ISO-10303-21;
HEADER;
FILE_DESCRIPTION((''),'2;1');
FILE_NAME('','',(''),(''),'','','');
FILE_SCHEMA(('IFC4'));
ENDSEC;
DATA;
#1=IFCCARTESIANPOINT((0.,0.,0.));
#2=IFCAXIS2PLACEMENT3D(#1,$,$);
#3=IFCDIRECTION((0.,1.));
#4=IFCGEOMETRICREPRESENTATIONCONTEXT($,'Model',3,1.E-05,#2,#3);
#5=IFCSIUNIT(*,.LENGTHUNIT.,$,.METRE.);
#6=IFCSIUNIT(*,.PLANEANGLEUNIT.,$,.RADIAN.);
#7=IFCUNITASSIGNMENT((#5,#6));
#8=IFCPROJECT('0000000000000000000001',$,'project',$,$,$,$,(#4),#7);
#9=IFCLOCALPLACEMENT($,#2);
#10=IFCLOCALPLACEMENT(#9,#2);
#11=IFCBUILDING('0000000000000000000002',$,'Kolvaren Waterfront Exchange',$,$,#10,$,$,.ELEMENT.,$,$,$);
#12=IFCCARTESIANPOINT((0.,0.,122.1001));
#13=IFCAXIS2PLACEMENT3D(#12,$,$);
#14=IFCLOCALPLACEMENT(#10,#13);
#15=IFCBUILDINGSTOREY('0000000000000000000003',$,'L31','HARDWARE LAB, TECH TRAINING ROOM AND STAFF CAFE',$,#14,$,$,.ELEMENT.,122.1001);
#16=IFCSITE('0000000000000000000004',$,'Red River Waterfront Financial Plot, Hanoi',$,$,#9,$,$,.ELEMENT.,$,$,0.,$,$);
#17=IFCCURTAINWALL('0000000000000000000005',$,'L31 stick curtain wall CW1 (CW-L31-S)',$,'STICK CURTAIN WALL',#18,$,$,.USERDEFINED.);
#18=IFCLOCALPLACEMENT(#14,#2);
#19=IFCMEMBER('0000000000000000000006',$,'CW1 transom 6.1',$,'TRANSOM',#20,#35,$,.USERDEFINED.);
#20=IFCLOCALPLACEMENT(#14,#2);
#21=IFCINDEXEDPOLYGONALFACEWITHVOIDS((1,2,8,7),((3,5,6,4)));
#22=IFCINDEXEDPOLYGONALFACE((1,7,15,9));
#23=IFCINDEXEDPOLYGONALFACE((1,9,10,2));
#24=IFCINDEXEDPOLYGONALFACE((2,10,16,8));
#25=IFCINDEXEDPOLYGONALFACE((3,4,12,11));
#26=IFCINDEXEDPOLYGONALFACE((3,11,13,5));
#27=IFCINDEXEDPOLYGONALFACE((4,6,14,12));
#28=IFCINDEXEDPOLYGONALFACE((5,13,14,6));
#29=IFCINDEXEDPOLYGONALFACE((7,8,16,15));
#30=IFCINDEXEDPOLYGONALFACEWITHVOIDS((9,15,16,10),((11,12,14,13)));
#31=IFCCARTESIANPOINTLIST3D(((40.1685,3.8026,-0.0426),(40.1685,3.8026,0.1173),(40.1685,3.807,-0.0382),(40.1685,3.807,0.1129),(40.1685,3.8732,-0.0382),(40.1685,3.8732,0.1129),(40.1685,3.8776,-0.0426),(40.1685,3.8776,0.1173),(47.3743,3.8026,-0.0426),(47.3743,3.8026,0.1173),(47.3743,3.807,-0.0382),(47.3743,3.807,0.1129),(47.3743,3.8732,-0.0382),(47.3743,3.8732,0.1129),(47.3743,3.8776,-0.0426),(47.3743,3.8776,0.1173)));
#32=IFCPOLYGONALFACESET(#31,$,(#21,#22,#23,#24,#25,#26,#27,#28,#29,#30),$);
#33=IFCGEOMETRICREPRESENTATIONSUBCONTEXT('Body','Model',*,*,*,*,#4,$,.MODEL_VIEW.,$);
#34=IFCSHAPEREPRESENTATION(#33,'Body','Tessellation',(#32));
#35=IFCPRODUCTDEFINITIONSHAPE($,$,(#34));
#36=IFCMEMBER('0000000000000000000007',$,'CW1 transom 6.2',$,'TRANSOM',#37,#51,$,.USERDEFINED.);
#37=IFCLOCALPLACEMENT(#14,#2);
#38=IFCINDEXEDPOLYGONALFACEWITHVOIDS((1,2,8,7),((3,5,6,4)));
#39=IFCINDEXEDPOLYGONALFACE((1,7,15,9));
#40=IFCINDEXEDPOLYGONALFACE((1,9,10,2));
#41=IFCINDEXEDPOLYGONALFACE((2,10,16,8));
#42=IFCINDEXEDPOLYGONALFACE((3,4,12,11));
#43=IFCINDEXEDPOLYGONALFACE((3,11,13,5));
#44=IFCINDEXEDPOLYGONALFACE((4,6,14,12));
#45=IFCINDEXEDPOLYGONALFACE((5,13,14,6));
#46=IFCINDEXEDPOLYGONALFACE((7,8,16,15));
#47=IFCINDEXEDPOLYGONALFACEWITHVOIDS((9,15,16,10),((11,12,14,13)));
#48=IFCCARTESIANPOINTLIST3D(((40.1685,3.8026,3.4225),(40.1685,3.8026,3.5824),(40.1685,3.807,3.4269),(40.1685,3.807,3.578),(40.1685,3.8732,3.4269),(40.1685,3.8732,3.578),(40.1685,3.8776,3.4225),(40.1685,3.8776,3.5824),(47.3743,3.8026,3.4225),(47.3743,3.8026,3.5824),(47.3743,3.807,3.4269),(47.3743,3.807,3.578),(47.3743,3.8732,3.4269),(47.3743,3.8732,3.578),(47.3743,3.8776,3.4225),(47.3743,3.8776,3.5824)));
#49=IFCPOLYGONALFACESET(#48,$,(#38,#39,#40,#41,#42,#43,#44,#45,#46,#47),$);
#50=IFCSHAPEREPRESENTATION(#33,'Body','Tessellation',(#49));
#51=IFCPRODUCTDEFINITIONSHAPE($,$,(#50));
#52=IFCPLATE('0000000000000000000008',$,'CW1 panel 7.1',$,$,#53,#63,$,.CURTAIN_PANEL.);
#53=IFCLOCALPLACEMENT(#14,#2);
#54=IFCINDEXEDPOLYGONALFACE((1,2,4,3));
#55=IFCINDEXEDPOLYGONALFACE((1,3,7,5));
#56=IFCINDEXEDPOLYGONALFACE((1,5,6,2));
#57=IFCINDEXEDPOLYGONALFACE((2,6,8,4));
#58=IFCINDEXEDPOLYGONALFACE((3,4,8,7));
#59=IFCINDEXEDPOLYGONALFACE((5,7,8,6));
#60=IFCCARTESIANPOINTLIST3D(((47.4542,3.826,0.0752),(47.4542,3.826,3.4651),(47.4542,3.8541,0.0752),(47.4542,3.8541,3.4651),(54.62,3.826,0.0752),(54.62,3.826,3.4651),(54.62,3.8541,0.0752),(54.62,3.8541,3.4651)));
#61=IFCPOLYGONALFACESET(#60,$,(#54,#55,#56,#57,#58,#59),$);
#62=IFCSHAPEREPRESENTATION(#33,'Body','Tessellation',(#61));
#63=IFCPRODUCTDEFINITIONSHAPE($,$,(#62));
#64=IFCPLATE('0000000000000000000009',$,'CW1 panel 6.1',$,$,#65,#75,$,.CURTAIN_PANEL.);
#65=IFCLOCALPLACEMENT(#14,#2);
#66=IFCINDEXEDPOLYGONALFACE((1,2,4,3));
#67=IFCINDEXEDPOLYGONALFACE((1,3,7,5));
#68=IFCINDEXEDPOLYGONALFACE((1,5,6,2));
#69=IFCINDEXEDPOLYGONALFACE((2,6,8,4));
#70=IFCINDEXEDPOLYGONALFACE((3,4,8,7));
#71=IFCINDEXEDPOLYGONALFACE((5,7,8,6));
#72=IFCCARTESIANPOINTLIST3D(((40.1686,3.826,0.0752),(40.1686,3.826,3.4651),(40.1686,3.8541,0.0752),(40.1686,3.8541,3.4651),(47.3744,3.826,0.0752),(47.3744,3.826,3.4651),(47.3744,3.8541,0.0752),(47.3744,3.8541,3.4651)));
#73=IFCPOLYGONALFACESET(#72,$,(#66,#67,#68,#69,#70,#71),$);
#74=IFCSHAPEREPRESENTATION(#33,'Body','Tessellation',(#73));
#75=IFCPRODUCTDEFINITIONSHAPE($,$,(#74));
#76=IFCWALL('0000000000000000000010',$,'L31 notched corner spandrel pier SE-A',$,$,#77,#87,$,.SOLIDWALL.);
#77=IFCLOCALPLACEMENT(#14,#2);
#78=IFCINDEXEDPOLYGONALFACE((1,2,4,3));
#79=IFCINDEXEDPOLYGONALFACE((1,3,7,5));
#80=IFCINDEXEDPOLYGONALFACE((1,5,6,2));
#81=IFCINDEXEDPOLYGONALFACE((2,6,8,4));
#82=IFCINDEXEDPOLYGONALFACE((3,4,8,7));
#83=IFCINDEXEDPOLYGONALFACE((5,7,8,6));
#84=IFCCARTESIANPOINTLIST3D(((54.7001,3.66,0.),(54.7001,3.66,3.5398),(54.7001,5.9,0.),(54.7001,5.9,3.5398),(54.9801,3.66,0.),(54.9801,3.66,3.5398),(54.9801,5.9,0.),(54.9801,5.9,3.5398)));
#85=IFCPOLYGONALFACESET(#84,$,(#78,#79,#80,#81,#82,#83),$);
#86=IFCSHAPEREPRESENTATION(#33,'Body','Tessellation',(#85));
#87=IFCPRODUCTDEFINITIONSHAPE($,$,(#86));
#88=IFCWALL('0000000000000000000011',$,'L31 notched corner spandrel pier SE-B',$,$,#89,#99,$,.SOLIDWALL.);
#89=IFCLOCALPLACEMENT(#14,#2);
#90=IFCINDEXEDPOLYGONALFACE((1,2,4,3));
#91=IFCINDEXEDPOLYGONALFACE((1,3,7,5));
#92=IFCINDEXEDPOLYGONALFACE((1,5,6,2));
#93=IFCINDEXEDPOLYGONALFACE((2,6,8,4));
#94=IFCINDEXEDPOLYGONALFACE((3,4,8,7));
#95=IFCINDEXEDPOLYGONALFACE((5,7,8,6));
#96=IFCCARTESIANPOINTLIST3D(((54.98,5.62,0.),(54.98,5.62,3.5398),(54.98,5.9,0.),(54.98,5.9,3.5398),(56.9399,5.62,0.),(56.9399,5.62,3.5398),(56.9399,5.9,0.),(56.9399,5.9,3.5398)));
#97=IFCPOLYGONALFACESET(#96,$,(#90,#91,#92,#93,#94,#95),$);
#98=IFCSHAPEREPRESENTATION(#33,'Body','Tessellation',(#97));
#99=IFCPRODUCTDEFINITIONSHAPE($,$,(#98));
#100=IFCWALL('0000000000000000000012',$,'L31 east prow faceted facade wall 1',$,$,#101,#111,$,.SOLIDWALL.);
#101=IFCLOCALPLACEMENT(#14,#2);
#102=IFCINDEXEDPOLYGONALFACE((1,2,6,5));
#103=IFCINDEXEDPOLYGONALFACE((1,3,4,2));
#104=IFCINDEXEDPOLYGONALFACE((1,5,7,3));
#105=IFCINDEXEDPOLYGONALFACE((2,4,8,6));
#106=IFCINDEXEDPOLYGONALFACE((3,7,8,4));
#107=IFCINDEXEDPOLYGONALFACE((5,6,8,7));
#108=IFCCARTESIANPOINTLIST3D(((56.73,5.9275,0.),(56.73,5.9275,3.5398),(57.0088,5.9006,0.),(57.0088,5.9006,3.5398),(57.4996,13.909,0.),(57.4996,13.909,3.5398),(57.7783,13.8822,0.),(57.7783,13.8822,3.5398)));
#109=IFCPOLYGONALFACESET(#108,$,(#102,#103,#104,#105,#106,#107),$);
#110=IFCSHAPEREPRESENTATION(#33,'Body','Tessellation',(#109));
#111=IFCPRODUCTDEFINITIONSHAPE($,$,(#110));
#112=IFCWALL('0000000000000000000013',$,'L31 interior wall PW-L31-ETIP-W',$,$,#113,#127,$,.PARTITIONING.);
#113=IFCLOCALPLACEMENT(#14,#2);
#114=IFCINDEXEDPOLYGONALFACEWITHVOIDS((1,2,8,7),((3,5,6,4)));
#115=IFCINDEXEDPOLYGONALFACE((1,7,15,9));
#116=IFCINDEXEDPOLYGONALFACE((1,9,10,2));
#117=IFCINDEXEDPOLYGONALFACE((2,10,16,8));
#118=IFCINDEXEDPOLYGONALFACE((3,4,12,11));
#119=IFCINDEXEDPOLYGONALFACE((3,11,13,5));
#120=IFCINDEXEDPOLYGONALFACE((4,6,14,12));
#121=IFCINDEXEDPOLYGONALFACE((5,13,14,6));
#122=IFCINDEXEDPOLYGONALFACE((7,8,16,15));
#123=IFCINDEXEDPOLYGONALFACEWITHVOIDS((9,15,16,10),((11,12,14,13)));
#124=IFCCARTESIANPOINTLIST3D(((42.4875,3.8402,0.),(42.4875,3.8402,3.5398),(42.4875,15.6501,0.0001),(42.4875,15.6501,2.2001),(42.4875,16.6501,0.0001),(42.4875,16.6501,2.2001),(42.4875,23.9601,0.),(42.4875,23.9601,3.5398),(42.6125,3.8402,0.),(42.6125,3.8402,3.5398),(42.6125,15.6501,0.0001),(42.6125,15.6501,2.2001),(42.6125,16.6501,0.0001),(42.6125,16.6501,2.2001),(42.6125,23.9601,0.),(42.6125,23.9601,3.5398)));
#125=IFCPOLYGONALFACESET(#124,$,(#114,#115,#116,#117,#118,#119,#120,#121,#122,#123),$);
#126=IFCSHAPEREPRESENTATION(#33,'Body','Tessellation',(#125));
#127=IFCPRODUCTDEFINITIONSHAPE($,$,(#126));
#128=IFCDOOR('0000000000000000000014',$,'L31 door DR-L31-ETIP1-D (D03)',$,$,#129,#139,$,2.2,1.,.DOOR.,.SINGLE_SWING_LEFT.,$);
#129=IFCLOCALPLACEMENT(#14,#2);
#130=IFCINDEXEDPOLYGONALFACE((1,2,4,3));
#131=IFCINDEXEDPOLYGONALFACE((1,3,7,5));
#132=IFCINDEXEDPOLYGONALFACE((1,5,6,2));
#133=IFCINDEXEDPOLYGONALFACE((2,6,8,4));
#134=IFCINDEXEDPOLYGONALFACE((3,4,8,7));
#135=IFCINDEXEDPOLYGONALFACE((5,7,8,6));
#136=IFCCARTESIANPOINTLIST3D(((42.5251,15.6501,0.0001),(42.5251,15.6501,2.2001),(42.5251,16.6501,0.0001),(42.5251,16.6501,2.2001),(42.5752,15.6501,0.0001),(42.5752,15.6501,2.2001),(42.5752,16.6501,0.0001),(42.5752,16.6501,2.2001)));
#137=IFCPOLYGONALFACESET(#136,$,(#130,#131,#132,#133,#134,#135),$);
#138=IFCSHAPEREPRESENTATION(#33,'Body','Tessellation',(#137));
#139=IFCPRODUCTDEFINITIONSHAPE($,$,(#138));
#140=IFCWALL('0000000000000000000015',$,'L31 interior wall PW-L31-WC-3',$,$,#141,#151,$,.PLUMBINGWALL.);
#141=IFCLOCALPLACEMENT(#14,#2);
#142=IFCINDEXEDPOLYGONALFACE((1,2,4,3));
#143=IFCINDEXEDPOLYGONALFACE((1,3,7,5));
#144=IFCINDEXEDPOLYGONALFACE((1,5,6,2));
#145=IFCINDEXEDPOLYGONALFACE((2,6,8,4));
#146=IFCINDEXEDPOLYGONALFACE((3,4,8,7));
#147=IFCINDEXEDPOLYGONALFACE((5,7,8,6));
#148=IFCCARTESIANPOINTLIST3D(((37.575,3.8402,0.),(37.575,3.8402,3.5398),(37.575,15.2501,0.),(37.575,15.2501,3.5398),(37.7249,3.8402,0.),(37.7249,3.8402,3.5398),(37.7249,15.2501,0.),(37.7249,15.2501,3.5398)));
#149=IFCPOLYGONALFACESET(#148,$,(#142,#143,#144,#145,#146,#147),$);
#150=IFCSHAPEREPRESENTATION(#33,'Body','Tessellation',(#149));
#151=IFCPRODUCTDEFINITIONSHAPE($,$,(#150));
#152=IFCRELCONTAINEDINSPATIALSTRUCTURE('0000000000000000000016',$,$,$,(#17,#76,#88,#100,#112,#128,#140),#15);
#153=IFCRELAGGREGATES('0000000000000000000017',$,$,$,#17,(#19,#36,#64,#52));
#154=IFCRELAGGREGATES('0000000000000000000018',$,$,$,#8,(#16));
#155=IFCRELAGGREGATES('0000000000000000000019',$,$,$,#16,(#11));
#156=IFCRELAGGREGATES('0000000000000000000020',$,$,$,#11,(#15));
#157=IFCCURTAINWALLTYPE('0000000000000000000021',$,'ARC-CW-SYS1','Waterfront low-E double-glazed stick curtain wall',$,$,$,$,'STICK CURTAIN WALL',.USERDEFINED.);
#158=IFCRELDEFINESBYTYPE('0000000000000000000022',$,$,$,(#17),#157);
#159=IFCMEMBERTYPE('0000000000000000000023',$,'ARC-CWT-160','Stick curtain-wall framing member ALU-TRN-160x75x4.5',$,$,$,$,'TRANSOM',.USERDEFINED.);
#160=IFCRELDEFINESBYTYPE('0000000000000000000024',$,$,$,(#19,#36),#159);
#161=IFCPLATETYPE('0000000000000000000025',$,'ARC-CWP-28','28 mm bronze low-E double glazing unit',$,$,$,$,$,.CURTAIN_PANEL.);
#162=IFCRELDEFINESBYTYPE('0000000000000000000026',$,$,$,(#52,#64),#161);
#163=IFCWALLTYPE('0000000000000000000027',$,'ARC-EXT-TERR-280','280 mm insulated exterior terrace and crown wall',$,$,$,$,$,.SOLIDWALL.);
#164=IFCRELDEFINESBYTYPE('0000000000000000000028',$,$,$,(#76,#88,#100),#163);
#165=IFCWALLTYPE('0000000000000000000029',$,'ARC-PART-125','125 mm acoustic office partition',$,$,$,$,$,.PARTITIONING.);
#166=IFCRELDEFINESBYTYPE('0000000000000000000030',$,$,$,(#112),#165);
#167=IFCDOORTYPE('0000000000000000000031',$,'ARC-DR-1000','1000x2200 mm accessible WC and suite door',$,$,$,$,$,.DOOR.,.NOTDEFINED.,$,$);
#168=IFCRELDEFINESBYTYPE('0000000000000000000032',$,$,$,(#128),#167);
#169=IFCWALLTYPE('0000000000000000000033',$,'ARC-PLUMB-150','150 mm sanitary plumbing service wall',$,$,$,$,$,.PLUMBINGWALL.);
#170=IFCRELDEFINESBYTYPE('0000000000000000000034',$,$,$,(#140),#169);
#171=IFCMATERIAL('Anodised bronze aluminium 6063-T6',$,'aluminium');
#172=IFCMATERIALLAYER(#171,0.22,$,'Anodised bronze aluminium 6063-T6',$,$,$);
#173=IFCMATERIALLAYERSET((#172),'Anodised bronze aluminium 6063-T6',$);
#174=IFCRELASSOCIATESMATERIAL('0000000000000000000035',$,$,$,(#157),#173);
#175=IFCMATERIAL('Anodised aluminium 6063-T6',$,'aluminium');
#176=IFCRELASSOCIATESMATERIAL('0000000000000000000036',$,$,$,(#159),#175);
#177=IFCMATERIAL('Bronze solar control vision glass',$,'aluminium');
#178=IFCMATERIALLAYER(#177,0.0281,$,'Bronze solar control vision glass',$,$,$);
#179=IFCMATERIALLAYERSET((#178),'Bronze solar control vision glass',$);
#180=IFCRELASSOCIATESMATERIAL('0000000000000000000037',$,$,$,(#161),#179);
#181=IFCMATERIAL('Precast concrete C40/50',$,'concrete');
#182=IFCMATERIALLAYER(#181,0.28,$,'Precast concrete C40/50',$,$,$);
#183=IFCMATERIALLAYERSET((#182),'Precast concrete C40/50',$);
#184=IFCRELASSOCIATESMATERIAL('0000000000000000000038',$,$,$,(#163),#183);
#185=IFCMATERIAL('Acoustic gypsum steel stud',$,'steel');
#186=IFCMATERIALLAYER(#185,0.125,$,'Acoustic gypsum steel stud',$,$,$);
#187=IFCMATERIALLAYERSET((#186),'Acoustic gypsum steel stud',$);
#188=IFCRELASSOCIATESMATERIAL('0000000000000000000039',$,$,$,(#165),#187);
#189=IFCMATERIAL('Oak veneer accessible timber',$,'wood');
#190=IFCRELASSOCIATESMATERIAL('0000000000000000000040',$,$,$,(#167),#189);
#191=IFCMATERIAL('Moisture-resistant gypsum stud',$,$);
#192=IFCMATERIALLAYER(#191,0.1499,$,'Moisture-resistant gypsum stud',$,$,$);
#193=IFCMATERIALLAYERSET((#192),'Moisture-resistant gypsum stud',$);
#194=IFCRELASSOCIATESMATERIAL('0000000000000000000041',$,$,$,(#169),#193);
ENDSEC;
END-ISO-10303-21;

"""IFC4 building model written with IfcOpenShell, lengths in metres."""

from ifc_helpers import new_model, si_unit, direction, frame, frame_2d, origin, origin_with_axes, origin_2d, place, context, subcontext, project, spatial, rectangle, hollow_rectangle, extrude, source, transform, mapped, material, layer, layer_set, material_profile, profile_set, type_object, element, fill, aggregate, save


model = new_model("IFC4")

# Units and contexts
model_context = context("Model", 3, precision=1e-05, world=origin(), true_north=direction((0.0, 1.0)))
body_context = subcontext(model_context, "Body", "Model", "MODEL_VIEW")
ifc_project = project(units=[si_unit("LENGTHUNIT", "METRE"), si_unit("PLANEANGLEUNIT", "RADIAN")], contexts=[model_context])

# Site, building, storey
site_placement = place(None, origin())
site = spatial("IfcSite", under=ifc_project, at=site_placement, Name="Red River Waterfront Financial Plot, Hanoi", CompositionType="ELEMENT", RefElevation=0.0)
building_placement = place(site_placement, origin())
building = spatial("IfcBuilding", under=site, at=building_placement, Name="Kolvaren Waterfront Exchange", CompositionType="ELEMENT")
storey_placement = place(building_placement, frame((0.0, 0.0, 122.1001)))
storey = spatial("IfcBuildingStorey", under=building, at=storey_placement, Name="L31", Description="HARDWARE LAB, TECH TRAINING ROOM AND STAFF CAFE", CompositionType="ELEMENT", Elevation=122.1001)

# Curtain wall, members, plates
ifc_material_1 = material(Name="Anodised bronze aluminium 6063-T6", Category="aluminium")
ifc_layer_1 = layer(ifc_material_1, 0.22, Name="Anodised bronze aluminium 6063-T6")
ifc_layer_set_1 = layer_set([ifc_layer_1], Name="Anodised bronze aluminium 6063-T6")
curtain_wall_type = type_object("IfcCurtainWallType", Name="ARC-CW-SYS1", Description="Waterfront low-E double-glazed stick curtain wall", ElementType="STICK CURTAIN WALL", PredefinedType="USERDEFINED", material=ifc_layer_set_1)
curtain_wall_placement = place(storey_placement, origin())
curtain_wall = element("IfcCurtainWall", 1, at=curtain_wall_placement, inside=storey, type_object=curtain_wall_type, Name="L31 stick curtain wall CW1 (CW-L31-S)", ObjectType="STICK CURTAIN WALL", PredefinedType="USERDEFINED")
ifc_material_2 = material(Name="Anodised aluminium 6063-T6", Category="aluminium")
ifc_material_profile_1 = material_profile(ifc_material_2, hollow_rectangle(XDim=0.075, YDim=0.1599, WallThickness=0.0044, at=origin_2d()), Name="ALU-TRN-160x75x4.5")
ifc_profile_set_1 = profile_set([ifc_material_profile_1], Name="Anodised aluminium 6063-T6")
member_type_1 = type_object("IfcMemberType", Name="ARC-CWT-160", Description="Stick curtain-wall framing member ALU-TRN-160x75x4.5", ElementType="TRANSOM", PredefinedType="USERDEFINED", material=ifc_profile_set_1)
shared_shape_1 = source(origin_with_axes(), body_context, "Body", "SweptSolid", [
    extrude(hollow_rectangle(XDim=0.075, YDim=0.1599, WallThickness=0.0044, at=origin_2d()), origin(), (0.0, 0.0, 1.0), 7.2058),
])
member_1_placement = place(storey_placement, frame((40.1685, 3.8401, 0.0374), z_axis=(1.0, 0.0, 0.0), x_axis=(0.0, 1.0, 0.0)))
member_1 = element("IfcMember", 2, at=member_1_placement, type_object=member_type_1, Name="CW1 transom 6.1", ObjectType="TRANSOM", PredefinedType="USERDEFINED", context=body_context, shape_type="MappedRepresentation", body=[
    mapped(shared_shape_1, transform((0.0, 0.0, 0.0), x_axis=(1.0, 0.0, 0.0), y_axis=(0.0, 1.0, 0.0), z_axis=(0.0, 0.0, 1.0), scale=1.0)),
])
member_2_placement = place(storey_placement, frame((40.1685, 3.8401, 3.5024), z_axis=(1.0, 0.0, 0.0), x_axis=(0.0, 1.0, 0.0)))
member_2 = element("IfcMember", 3, at=member_2_placement, type_object=member_type_1, Name="CW1 transom 6.2", ObjectType="TRANSOM", PredefinedType="USERDEFINED", context=body_context, shape_type="MappedRepresentation", body=[
    mapped(shared_shape_1, transform((0.0, 0.0, 0.0), x_axis=(1.0, 0.0, 0.0), y_axis=(0.0, 1.0, 0.0), z_axis=(0.0, 0.0, 1.0), scale=1.0)),
])
ifc_material_3 = material(Name="Bronze solar control vision glass", Category="aluminium")
ifc_layer_2 = layer(ifc_material_3, 0.0281, Name="Bronze solar control vision glass")
ifc_layer_set_2 = layer_set([ifc_layer_2], Name="Bronze solar control vision glass")
plate_type = type_object("IfcPlateType", Name="ARC-CWP-28", Description="28 mm bronze low-E double glazing unit", PredefinedType="CURTAIN_PANEL", material=ifc_layer_set_2)
shared_shape_2 = source(origin_with_axes(), body_context, "Body", "SweptSolid", [
    extrude(rectangle(XDim=7.1658, YDim=0.0281, at=origin_2d()), origin(), (0.0, 0.0, 1.0), 3.3899),
])
plate_1_placement = place(storey_placement, frame((51.0371, 3.8401, 0.0752), z_axis=(0.0, 0.0, 1.0), x_axis=(1.0, 0.0, 0.0)))
plate_1 = element("IfcPlate", 4, at=plate_1_placement, type_object=plate_type, Name="CW1 panel 7.1", PredefinedType="CURTAIN_PANEL", context=body_context, shape_type="MappedRepresentation", body=[
    mapped(shared_shape_2, transform((0.0, 0.0, 0.0), x_axis=(1.0, 0.0, 0.0), y_axis=(0.0, 1.0, 0.0), z_axis=(0.0, 0.0, 1.0), scale=1.0)),
])
shared_shape_3 = source(origin_with_axes(), body_context, "Body", "SweptSolid", [
    extrude(rectangle(XDim=7.2058, YDim=0.0281, at=origin_2d()), origin(), (0.0, 0.0, 1.0), 3.3899),
])
plate_2_placement = place(storey_placement, frame((43.7715, 3.8401, 0.0752), z_axis=(0.0, 0.0, 1.0), x_axis=(1.0, 0.0, 0.0)))
plate_2 = element("IfcPlate", 5, at=plate_2_placement, type_object=plate_type, Name="CW1 panel 6.1", PredefinedType="CURTAIN_PANEL", context=body_context, shape_type="MappedRepresentation", body=[
    mapped(shared_shape_3, transform((0.0, 0.0, 0.0), x_axis=(1.0, 0.0, 0.0), y_axis=(0.0, 1.0, 0.0), z_axis=(0.0, 0.0, 1.0), scale=1.0)),
])
aggregate(curtain_wall, [member_1, member_2, plate_2, plate_1])

# Walls
ifc_material_4 = material(Name="Precast concrete C40/50", Category="concrete")
ifc_layer_3 = layer(ifc_material_4, 0.28, Name="Precast concrete C40/50")
ifc_layer_set_3 = layer_set([ifc_layer_3], Name="Precast concrete C40/50")
wall_type_1 = type_object("IfcWallType", Name="ARC-EXT-TERR-280", Description="280 mm insulated exterior terrace and crown wall", PredefinedType="SOLIDWALL", material=ifc_layer_set_3)
wall_1_placement = place(storey_placement, frame((54.8401, 3.6599, 0.0), z_axis=(0.0, 0.0, 1.0), x_axis=(0.0, 1.0, 0.0)))
element("IfcWall", 6, at=wall_1_placement, inside=storey, type_object=wall_type_1, Name="L31 notched corner spandrel pier SE-A", PredefinedType="SOLIDWALL", context=body_context, shape_type="SweptSolid", body=[
    extrude(rectangle(XDim=2.24, YDim=0.28, at=frame_2d((1.1201, 0.0))), origin(), (0.0, 0.0, 1.0), 3.5398),
])
wall_2_placement = place(storey_placement, frame((54.98, 5.76, 0.0), z_axis=(0.0, 0.0, 1.0), x_axis=(1.0, 0.0, 0.0)))
element("IfcWall", 7, at=wall_2_placement, inside=storey, type_object=wall_type_1, Name="L31 notched corner spandrel pier SE-B", PredefinedType="SOLIDWALL", context=body_context, shape_type="SweptSolid", body=[
    extrude(rectangle(XDim=1.96, YDim=0.28, at=frame_2d((0.98, 0.0))), origin(), (0.0, 0.0, 1.0), 3.5398),
])
wall_3_placement = place(storey_placement, frame((56.8694, 5.9141, 0.0), z_axis=(0.0, 0.0, 1.0), x_axis=(0.09597, 0.995384, 0.0)))
element("IfcWall", 8, at=wall_3_placement, inside=storey, type_object=wall_type_1, Name="L31 east prow faceted facade wall 1", PredefinedType="SOLIDWALL", context=body_context, shape_type="SweptSolid", body=[
    extrude(rectangle(XDim=8.0186, YDim=0.28, at=frame_2d((4.0093, 0.0))), origin(), (0.0, 0.0, 1.0), 3.5398),
])

# Wall, opening, door
ifc_material_5 = material(Name="Acoustic gypsum steel stud", Category="steel")
ifc_layer_4 = layer(ifc_material_5, 0.125, Name="Acoustic gypsum steel stud")
ifc_layer_set_4 = layer_set([ifc_layer_4], Name="Acoustic gypsum steel stud")
wall_type_2 = type_object("IfcWallType", Name="ARC-PART-125", Description="125 mm acoustic office partition", PredefinedType="PARTITIONING", material=ifc_layer_set_4)
wall_4_placement = place(storey_placement, frame((42.55, 3.8401, 0.0), z_axis=(0.0, 0.0, 1.0), x_axis=(0.0, 1.0, 0.0)))
wall_4 = element("IfcWall", 9, at=wall_4_placement, inside=storey, type_object=wall_type_2, Name="L31 interior wall PW-L31-ETIP-W", PredefinedType="PARTITIONING", context=body_context, shape_type="SweptSolid", body=[
    extrude(rectangle(XDim=20.1199, YDim=0.125, at=frame_2d((10.0601, 0.0))), origin(), (0.0, 0.0, 1.0), 3.5398),
])
opening_placement = place(wall_4_placement, frame((11.8101, 0.0, 0.0)))
opening = element("IfcOpeningElement", 10, at=opening_placement, cuts=wall_4, PredefinedType="OPENING", context=body_context, shape_type="SweptSolid", body=[
    extrude(rectangle(XDim=1.0, YDim=2.2, at=frame_2d((0.5, 1.1001))), frame((0.0, 0.0725, 0.0), z_axis=(0.0, -1.0, 0.0), x_axis=(1.0, 0.0, 0.0)), (0.0, 0.0, 1.0), 0.145),
])
ifc_material_6 = material(Name="Oak veneer accessible timber", Category="wood")
door_type = type_object("IfcDoorType", Name="ARC-DR-1000", Description="1000x2200 mm accessible WC and suite door", OperationType="NOTDEFINED", PredefinedType="DOOR", material=ifc_material_6)
door_placement = place(opening_placement, origin())
door = element("IfcDoor", 11, at=door_placement, inside=storey, type_object=door_type, Name="L31 door DR-L31-ETIP1-D (D03)", OperationType="SINGLE_SWING_LEFT", OverallHeight=2.2, OverallWidth=1.0, PredefinedType="DOOR", context=body_context, shape_type="SweptSolid", body=[
    extrude(rectangle(XDim=1.0, YDim=2.2, at=frame_2d((0.5, 1.1001))), frame((0.0, 0.0249, 0.0), z_axis=(0.0, -1.0, 0.0), x_axis=(1.0, 0.0, 0.0)), (0.0, 0.0, 1.0), 0.05),
])
fill(opening, door)

# Wall
ifc_material_7 = material(Name="Moisture-resistant gypsum stud")
ifc_layer_5 = layer(ifc_material_7, 0.1499, Name="Moisture-resistant gypsum stud")
ifc_layer_set_5 = layer_set([ifc_layer_5], Name="Moisture-resistant gypsum stud")
wall_type_3 = type_object("IfcWallType", Name="ARC-PLUMB-150", Description="150 mm sanitary plumbing service wall", PredefinedType="PLUMBINGWALL", material=ifc_layer_set_5)
wall_5_placement = place(storey_placement, frame((37.6499, 3.8401, 0.0), z_axis=(0.0, 0.0, 1.0), x_axis=(0.0, 1.0, 0.0)))
element("IfcWall", 12, at=wall_5_placement, inside=storey, type_object=wall_type_3, Name="L31 interior wall PW-L31-WC-3", PredefinedType="PLUMBINGWALL", context=body_context, shape_type="SweptSolid", body=[
    extrude(rectangle(XDim=11.4099, YDim=0.1499, at=frame_2d((5.7051, 0.0))), origin(), (0.0, 0.0, 1.0), 3.5398),
])

save(model, "model.ifc")
